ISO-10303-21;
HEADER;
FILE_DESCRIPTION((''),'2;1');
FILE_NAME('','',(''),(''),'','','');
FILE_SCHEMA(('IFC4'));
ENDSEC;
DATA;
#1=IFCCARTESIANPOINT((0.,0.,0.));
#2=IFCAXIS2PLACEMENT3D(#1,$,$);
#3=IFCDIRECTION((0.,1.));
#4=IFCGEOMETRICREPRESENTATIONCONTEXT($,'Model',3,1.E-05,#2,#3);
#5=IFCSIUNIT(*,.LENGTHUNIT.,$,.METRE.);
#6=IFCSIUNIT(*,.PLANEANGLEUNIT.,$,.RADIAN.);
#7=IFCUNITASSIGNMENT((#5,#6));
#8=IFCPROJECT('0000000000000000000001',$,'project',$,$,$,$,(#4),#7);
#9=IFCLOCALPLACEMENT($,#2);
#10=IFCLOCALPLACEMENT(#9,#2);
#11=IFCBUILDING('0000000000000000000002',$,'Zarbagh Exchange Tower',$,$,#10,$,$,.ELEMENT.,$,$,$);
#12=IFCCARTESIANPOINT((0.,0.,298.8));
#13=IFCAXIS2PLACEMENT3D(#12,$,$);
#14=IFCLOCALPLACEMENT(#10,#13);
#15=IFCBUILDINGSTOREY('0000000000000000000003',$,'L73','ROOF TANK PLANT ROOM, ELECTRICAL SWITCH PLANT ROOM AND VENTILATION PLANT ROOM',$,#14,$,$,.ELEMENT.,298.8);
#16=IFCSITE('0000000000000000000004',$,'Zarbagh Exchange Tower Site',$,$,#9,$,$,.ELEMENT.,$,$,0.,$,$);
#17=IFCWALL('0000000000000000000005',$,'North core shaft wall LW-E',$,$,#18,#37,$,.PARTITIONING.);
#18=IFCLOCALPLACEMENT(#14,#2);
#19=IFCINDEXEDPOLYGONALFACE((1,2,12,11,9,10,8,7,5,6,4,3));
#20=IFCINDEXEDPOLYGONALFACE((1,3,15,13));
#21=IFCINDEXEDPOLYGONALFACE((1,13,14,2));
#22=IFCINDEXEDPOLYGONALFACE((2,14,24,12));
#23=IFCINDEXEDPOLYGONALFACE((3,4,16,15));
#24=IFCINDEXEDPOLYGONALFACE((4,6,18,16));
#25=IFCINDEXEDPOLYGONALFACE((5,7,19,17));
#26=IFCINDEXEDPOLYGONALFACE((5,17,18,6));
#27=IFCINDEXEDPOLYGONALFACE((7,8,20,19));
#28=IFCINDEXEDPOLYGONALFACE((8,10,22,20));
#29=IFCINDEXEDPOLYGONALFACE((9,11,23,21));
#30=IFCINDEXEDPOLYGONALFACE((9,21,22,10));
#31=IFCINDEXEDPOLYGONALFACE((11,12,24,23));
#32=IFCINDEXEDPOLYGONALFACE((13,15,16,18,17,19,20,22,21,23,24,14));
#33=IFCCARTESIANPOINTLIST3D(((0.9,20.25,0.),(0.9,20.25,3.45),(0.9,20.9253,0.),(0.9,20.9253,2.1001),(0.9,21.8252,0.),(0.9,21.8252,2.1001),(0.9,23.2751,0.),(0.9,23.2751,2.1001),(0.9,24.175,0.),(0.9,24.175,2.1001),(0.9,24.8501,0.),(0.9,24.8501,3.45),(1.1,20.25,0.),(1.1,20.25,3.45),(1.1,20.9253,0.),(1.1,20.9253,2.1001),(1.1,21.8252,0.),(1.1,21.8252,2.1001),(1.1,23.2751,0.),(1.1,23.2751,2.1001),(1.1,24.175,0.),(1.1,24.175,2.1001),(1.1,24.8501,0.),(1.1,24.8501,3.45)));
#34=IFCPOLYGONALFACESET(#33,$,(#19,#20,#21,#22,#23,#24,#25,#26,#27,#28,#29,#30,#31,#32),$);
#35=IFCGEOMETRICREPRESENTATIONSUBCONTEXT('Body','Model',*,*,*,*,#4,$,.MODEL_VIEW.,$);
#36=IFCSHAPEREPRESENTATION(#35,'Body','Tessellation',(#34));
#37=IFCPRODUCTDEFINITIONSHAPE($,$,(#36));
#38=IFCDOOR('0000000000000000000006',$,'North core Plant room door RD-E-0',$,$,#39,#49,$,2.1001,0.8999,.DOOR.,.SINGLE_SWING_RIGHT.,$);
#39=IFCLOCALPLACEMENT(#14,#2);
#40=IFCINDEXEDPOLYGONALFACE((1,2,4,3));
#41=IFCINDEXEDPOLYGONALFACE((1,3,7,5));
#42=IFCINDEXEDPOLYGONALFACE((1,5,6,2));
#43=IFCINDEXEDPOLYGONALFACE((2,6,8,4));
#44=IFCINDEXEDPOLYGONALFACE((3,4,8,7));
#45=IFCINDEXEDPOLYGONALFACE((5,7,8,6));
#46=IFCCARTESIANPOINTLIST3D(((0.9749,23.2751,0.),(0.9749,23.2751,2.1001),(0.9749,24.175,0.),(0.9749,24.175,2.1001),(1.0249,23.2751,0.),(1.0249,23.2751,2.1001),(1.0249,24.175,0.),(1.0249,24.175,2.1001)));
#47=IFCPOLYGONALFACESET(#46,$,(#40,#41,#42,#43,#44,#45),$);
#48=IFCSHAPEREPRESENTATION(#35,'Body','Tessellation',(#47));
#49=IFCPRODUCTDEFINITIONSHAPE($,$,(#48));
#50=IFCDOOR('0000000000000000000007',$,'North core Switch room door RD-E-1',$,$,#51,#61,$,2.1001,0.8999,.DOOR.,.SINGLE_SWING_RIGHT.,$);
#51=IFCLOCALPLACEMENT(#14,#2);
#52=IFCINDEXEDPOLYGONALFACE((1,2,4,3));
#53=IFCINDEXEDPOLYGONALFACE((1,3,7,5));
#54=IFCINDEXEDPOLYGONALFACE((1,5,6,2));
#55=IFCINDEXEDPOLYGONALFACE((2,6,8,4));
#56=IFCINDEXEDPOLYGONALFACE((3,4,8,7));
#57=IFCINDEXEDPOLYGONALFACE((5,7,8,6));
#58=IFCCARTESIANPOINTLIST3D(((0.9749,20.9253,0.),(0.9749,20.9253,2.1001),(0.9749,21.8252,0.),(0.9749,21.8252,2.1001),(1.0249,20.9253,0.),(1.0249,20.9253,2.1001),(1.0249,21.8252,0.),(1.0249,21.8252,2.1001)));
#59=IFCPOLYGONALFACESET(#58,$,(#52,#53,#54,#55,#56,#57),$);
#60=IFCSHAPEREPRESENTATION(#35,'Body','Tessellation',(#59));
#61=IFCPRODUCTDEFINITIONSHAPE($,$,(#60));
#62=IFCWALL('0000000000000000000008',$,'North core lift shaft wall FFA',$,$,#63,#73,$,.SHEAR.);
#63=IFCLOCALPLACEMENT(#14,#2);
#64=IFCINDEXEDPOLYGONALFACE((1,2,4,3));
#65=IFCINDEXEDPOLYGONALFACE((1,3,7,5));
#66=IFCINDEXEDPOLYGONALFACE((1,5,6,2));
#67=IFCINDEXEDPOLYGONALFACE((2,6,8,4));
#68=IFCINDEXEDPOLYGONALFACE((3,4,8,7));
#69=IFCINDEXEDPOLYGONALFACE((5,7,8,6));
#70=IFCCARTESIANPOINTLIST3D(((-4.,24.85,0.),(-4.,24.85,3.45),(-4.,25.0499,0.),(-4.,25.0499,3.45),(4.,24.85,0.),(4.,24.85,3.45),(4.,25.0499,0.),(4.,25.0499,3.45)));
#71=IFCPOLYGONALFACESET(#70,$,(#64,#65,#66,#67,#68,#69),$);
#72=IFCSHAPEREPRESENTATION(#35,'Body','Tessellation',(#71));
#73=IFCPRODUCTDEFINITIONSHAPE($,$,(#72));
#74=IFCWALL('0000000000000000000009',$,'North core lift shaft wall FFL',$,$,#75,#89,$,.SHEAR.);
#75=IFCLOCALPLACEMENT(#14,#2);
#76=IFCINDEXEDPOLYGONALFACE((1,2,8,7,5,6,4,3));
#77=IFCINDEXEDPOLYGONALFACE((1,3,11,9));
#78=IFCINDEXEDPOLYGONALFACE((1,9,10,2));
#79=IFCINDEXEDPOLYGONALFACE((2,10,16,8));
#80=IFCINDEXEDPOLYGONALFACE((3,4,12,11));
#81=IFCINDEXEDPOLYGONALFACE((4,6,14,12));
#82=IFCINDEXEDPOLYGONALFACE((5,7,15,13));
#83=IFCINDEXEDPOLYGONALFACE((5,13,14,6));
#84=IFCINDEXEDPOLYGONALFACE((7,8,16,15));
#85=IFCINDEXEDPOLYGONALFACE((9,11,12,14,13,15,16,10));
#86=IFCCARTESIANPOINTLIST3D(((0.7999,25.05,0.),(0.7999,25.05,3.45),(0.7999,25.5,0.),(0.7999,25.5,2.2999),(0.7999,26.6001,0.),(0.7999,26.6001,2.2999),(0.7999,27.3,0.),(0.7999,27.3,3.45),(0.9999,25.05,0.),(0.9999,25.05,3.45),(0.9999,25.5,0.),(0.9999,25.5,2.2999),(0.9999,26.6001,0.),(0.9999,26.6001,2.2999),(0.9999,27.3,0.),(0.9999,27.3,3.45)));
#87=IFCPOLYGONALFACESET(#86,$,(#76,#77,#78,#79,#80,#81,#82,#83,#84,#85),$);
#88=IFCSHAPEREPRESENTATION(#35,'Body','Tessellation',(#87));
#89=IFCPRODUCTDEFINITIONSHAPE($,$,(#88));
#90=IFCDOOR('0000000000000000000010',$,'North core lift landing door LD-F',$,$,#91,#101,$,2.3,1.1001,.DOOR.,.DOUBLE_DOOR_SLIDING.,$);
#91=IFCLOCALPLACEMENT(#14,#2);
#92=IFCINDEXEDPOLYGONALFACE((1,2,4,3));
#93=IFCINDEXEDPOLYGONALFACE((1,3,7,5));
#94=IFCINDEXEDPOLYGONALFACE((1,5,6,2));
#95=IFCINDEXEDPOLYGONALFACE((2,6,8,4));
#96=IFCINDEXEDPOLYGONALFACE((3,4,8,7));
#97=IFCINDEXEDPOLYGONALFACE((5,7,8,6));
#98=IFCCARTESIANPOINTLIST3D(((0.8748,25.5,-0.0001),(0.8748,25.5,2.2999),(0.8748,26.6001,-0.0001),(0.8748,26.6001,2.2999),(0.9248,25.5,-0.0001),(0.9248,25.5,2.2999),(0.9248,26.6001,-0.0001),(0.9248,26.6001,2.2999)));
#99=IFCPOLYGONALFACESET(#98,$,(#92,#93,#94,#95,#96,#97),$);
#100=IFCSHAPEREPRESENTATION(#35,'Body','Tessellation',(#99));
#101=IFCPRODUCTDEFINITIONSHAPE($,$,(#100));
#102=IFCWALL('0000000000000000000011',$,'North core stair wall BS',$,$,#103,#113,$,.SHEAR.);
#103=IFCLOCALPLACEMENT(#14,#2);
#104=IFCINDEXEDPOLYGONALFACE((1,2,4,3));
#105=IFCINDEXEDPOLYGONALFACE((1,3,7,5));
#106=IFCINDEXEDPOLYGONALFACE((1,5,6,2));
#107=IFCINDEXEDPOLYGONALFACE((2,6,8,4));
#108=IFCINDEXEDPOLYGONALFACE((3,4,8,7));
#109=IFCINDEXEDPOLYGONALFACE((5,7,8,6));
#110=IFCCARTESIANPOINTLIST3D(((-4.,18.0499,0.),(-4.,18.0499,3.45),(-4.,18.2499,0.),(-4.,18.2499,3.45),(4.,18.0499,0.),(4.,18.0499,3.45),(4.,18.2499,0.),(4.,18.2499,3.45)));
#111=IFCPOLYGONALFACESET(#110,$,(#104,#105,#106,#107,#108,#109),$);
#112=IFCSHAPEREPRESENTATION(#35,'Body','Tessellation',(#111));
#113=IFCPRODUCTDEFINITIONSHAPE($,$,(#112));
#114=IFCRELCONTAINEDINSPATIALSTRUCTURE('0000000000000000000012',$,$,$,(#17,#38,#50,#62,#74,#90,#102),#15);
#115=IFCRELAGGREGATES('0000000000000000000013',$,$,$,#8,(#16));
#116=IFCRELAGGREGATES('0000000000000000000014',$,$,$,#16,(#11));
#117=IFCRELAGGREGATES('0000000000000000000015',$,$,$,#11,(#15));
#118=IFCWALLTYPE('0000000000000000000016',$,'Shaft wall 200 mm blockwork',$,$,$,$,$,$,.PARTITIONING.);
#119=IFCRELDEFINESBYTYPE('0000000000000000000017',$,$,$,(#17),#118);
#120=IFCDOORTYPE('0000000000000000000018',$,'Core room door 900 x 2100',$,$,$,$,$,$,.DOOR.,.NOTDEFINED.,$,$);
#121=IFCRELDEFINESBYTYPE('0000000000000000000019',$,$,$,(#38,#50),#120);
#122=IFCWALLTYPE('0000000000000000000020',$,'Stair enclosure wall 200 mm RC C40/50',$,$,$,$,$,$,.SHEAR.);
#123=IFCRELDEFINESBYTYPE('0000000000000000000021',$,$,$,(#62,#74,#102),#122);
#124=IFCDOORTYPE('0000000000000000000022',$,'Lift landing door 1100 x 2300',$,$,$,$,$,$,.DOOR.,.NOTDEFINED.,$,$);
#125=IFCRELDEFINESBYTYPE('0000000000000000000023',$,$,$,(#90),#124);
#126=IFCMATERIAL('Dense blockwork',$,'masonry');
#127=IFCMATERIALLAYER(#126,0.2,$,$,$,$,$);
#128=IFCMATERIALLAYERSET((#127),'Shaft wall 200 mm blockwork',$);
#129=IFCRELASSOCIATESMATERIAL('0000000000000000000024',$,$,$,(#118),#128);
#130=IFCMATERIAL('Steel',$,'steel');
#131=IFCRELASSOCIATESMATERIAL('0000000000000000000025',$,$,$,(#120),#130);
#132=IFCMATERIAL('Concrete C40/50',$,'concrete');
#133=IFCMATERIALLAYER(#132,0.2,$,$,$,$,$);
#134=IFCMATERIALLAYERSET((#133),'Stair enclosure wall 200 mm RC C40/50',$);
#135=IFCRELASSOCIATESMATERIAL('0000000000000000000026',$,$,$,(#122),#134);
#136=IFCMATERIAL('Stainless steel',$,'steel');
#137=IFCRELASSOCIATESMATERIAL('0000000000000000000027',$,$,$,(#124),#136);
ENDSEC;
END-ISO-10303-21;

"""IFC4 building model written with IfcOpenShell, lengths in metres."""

from ifc_helpers import new_model, si_unit, direction, frame, frame_2d, origin, place, context, subcontext, project, spatial, rectangle, extrude, material, layer, layer_set, type_object, element, fill, save


model = new_model("IFC4")

# Units and contexts
model_context = context("Model", 3, precision=1e-05, world=origin(), true_north=direction((0.0, 1.0)))
body_context = subcontext(model_context, "Body", "Model", "MODEL_VIEW")
ifc_project = project(units=[si_unit("LENGTHUNIT", "METRE"), si_unit("PLANEANGLEUNIT", "RADIAN")], contexts=[model_context])

# Site, building, storey
site_placement = place(None, origin())
site = spatial("IfcSite", under=ifc_project, at=site_placement, Name="Zarbagh Exchange Tower Site", CompositionType="ELEMENT", RefElevation=0.0)
building_placement = place(site_placement, origin())
building = spatial("IfcBuilding", under=site, at=building_placement, Name="Zarbagh Exchange Tower", CompositionType="ELEMENT")
storey_placement = place(building_placement, frame((0.0, 0.0, 298.8)))
storey = spatial("IfcBuildingStorey", under=building, at=storey_placement, Name="L73", Description="ROOF TANK PLANT ROOM, ELECTRICAL SWITCH PLANT ROOM AND VENTILATION PLANT ROOM", CompositionType="ELEMENT", Elevation=298.8)

# Shared definitions
ifc_material_1 = material(Name="Concrete C40/50", Category="concrete")

# Shared definitions
ifc_material_2 = material(Name="Dense blockwork", Category="masonry")
ifc_layer_1 = layer(ifc_material_2, 0.2)
ifc_layer_set_1 = layer_set([ifc_layer_1], Name="Shaft wall 200 mm blockwork")
wall_type_1 = type_object("IfcWallType", Name="Shaft wall 200 mm blockwork", PredefinedType="PARTITIONING", material=ifc_layer_set_1)

# Shared definitions
ifc_material_3 = material(Name="Steel", Category="steel")
door_type_1 = type_object("IfcDoorType", Name="Core room door 900 x 2100", OperationType="NOTDEFINED", PredefinedType="DOOR", material=ifc_material_3)

# Wall, openings, doors
wall_1_placement = place(storey_placement, frame((1.0, 24.8501, 0.0), z_axis=(0.0, 0.0, 1.0), x_axis=(0.0, -1.0, 0.0)))
wall_1 = element("IfcWall", 1, at=wall_1_placement, inside=storey, type_object=wall_type_1, Name="North core shaft wall LW-E", PredefinedType="PARTITIONING", context=body_context, shape_type="SweptSolid", body=[
    extrude(rectangle(XDim=4.6001, YDim=0.2, at=frame_2d((2.3, 0.0))), origin(), (0.0, 0.0, 1.0), 3.45),
])
opening_1_placement = place(wall_1_placement, frame((0.675, 0.0, 0.0)))
opening_1 = element("IfcOpeningElement", 2, at=opening_1_placement, cuts=wall_1, PredefinedType="OPENING", context=body_context, shape_type="SweptSolid", body=[
    extrude(rectangle(XDim=0.8999, YDim=2.1001, at=frame_2d((0.45, 1.05))), frame((0.0, 0.1099, 0.0), z_axis=(0.0, -1.0, 0.0), x_axis=(1.0, 0.0, 0.0)), (0.0, 0.0, 1.0), 0.22),
])
opening_2_placement = place(wall_1_placement, frame((3.0249, 0.0, 0.0)))
opening_2 = element("IfcOpeningElement", 3, at=opening_2_placement, cuts=wall_1, PredefinedType="OPENING", context=body_context, shape_type="SweptSolid", body=[
    extrude(rectangle(XDim=0.8999, YDim=2.1001, at=frame_2d((0.45, 1.05))), frame((0.0, 0.1099, 0.0), z_axis=(0.0, -1.0, 0.0), x_axis=(1.0, 0.0, 0.0)), (0.0, 0.0, 1.0), 0.22),
])
door_1_placement = place(opening_1_placement, origin())
door_1 = element("IfcDoor", 4, at=door_1_placement, inside=storey, type_object=door_type_1, Name="North core Plant room door RD-E-0", OperationType="SINGLE_SWING_RIGHT", OverallHeight=2.1001, OverallWidth=0.8999, PredefinedType="DOOR", context=body_context, shape_type="SweptSolid", body=[
    extrude(rectangle(XDim=0.8999, YDim=2.1001, at=frame_2d((0.45, 1.05))), frame((0.0, 0.0249, 0.0), z_axis=(0.0, -1.0, 0.0), x_axis=(1.0, 0.0, 0.0)), (0.0, 0.0, 1.0), 0.05),
])
fill(opening_1, door_1)
door_2_placement = place(opening_2_placement, origin())
door_2 = element("IfcDoor", 5, at=door_2_placement, inside=storey, type_object=door_type_1, Name="North core Switch room door RD-E-1", OperationType="SINGLE_SWING_RIGHT", OverallHeight=2.1001, OverallWidth=0.8999, PredefinedType="DOOR", context=body_context, shape_type="SweptSolid", body=[
    extrude(rectangle(XDim=0.8999, YDim=2.1001, at=frame_2d((0.45, 1.05))), frame((0.0, 0.0249, 0.0), z_axis=(0.0, -1.0, 0.0), x_axis=(1.0, 0.0, 0.0)), (0.0, 0.0, 1.0), 0.05),
])
fill(opening_2, door_2)

# Wall
ifc_layer_2 = layer(ifc_material_1, 0.2)
ifc_layer_set_2 = layer_set([ifc_layer_2], Name="Stair enclosure wall 200 mm RC C40/50")
wall_type_2 = type_object("IfcWallType", Name="Stair enclosure wall 200 mm RC C40/50", PredefinedType="SHEAR", material=ifc_layer_set_2)
wall_2_placement = place(storey_placement, frame((-4.0, 24.95, 0.0), z_axis=(0.0, 0.0, 1.0), x_axis=(1.0, 0.0, 0.0)))
element("IfcWall", 6, at=wall_2_placement, inside=storey, type_object=wall_type_2, Name="North core lift shaft wall FFA", PredefinedType="SHEAR", context=body_context, shape_type="SweptSolid", body=[
    extrude(rectangle(XDim=8.0, YDim=0.2, at=frame_2d((4.0, 0.0))), origin(), (0.0, 0.0, 1.0), 3.45),
])

# Wall, opening, door
wall_3_placement = place(storey_placement, frame((0.8999, 27.3, 0.0), z_axis=(0.0, 0.0, 1.0), x_axis=(0.0, -1.0, 0.0)))
wall_3 = element("IfcWall", 7, at=wall_3_placement, inside=storey, type_object=wall_type_2, Name="North core lift shaft wall FFL", PredefinedType="SHEAR", context=body_context, shape_type="SweptSolid", body=[
    extrude(rectangle(XDim=2.25, YDim=0.2, at=frame_2d((1.125, 0.0))), origin(), (0.0, 0.0, 1.0), 3.45),
])
opening_3_placement = place(wall_3_placement, frame((0.7, 0.0, 0.0)))
opening_3 = element("IfcOpeningElement", 8, at=opening_3_placement, cuts=wall_3, PredefinedType="OPENING", context=body_context, shape_type="SweptSolid", body=[
    extrude(rectangle(XDim=1.1001, YDim=2.3, at=frame_2d((0.55, 1.1499))), frame((0.0, 0.1099, 0.0), z_axis=(0.0, -1.0, 0.0), x_axis=(1.0, 0.0, 0.0)), (0.0, 0.0, 1.0), 0.22),
])
ifc_material_4 = material(Name="Stainless steel", Category="steel")
door_type_2 = type_object("IfcDoorType", Name="Lift landing door 1100 x 2300", OperationType="NOTDEFINED", PredefinedType="DOOR", material=ifc_material_4)
door_3_placement = place(opening_3_placement, origin())
door_3 = element("IfcDoor", 9, at=door_3_placement, inside=storey, type_object=door_type_2, Name="North core lift landing door LD-F", OperationType="DOUBLE_DOOR_SLIDING", OverallHeight=2.3, OverallWidth=1.1001, PredefinedType="DOOR", context=body_context, shape_type="SweptSolid", body=[
    extrude(rectangle(XDim=1.1001, YDim=2.3, at=frame_2d((0.55, 1.1499))), frame((0.0, 0.0249, 0.0), z_axis=(0.0, -1.0, 0.0), x_axis=(1.0, 0.0, 0.0)), (0.0, 0.0, 1.0), 0.05),
])
fill(opening_3, door_3)

# Wall
wall_4_placement = place(storey_placement, frame((-4.0, 18.1499, 0.0), z_axis=(0.0, 0.0, 1.0), x_axis=(1.0, 0.0, 0.0)))
element("IfcWall", 10, at=wall_4_placement, inside=storey, type_object=wall_type_2, Name="North core stair wall BS", PredefinedType="SHEAR", context=body_context, shape_type="SweptSolid", body=[
    extrude(rectangle(XDim=8.0, YDim=0.2, at=frame_2d((4.0, 0.0))), origin(), (0.0, 0.0, 1.0), 3.45),
])

save(model, "model.ifc")
